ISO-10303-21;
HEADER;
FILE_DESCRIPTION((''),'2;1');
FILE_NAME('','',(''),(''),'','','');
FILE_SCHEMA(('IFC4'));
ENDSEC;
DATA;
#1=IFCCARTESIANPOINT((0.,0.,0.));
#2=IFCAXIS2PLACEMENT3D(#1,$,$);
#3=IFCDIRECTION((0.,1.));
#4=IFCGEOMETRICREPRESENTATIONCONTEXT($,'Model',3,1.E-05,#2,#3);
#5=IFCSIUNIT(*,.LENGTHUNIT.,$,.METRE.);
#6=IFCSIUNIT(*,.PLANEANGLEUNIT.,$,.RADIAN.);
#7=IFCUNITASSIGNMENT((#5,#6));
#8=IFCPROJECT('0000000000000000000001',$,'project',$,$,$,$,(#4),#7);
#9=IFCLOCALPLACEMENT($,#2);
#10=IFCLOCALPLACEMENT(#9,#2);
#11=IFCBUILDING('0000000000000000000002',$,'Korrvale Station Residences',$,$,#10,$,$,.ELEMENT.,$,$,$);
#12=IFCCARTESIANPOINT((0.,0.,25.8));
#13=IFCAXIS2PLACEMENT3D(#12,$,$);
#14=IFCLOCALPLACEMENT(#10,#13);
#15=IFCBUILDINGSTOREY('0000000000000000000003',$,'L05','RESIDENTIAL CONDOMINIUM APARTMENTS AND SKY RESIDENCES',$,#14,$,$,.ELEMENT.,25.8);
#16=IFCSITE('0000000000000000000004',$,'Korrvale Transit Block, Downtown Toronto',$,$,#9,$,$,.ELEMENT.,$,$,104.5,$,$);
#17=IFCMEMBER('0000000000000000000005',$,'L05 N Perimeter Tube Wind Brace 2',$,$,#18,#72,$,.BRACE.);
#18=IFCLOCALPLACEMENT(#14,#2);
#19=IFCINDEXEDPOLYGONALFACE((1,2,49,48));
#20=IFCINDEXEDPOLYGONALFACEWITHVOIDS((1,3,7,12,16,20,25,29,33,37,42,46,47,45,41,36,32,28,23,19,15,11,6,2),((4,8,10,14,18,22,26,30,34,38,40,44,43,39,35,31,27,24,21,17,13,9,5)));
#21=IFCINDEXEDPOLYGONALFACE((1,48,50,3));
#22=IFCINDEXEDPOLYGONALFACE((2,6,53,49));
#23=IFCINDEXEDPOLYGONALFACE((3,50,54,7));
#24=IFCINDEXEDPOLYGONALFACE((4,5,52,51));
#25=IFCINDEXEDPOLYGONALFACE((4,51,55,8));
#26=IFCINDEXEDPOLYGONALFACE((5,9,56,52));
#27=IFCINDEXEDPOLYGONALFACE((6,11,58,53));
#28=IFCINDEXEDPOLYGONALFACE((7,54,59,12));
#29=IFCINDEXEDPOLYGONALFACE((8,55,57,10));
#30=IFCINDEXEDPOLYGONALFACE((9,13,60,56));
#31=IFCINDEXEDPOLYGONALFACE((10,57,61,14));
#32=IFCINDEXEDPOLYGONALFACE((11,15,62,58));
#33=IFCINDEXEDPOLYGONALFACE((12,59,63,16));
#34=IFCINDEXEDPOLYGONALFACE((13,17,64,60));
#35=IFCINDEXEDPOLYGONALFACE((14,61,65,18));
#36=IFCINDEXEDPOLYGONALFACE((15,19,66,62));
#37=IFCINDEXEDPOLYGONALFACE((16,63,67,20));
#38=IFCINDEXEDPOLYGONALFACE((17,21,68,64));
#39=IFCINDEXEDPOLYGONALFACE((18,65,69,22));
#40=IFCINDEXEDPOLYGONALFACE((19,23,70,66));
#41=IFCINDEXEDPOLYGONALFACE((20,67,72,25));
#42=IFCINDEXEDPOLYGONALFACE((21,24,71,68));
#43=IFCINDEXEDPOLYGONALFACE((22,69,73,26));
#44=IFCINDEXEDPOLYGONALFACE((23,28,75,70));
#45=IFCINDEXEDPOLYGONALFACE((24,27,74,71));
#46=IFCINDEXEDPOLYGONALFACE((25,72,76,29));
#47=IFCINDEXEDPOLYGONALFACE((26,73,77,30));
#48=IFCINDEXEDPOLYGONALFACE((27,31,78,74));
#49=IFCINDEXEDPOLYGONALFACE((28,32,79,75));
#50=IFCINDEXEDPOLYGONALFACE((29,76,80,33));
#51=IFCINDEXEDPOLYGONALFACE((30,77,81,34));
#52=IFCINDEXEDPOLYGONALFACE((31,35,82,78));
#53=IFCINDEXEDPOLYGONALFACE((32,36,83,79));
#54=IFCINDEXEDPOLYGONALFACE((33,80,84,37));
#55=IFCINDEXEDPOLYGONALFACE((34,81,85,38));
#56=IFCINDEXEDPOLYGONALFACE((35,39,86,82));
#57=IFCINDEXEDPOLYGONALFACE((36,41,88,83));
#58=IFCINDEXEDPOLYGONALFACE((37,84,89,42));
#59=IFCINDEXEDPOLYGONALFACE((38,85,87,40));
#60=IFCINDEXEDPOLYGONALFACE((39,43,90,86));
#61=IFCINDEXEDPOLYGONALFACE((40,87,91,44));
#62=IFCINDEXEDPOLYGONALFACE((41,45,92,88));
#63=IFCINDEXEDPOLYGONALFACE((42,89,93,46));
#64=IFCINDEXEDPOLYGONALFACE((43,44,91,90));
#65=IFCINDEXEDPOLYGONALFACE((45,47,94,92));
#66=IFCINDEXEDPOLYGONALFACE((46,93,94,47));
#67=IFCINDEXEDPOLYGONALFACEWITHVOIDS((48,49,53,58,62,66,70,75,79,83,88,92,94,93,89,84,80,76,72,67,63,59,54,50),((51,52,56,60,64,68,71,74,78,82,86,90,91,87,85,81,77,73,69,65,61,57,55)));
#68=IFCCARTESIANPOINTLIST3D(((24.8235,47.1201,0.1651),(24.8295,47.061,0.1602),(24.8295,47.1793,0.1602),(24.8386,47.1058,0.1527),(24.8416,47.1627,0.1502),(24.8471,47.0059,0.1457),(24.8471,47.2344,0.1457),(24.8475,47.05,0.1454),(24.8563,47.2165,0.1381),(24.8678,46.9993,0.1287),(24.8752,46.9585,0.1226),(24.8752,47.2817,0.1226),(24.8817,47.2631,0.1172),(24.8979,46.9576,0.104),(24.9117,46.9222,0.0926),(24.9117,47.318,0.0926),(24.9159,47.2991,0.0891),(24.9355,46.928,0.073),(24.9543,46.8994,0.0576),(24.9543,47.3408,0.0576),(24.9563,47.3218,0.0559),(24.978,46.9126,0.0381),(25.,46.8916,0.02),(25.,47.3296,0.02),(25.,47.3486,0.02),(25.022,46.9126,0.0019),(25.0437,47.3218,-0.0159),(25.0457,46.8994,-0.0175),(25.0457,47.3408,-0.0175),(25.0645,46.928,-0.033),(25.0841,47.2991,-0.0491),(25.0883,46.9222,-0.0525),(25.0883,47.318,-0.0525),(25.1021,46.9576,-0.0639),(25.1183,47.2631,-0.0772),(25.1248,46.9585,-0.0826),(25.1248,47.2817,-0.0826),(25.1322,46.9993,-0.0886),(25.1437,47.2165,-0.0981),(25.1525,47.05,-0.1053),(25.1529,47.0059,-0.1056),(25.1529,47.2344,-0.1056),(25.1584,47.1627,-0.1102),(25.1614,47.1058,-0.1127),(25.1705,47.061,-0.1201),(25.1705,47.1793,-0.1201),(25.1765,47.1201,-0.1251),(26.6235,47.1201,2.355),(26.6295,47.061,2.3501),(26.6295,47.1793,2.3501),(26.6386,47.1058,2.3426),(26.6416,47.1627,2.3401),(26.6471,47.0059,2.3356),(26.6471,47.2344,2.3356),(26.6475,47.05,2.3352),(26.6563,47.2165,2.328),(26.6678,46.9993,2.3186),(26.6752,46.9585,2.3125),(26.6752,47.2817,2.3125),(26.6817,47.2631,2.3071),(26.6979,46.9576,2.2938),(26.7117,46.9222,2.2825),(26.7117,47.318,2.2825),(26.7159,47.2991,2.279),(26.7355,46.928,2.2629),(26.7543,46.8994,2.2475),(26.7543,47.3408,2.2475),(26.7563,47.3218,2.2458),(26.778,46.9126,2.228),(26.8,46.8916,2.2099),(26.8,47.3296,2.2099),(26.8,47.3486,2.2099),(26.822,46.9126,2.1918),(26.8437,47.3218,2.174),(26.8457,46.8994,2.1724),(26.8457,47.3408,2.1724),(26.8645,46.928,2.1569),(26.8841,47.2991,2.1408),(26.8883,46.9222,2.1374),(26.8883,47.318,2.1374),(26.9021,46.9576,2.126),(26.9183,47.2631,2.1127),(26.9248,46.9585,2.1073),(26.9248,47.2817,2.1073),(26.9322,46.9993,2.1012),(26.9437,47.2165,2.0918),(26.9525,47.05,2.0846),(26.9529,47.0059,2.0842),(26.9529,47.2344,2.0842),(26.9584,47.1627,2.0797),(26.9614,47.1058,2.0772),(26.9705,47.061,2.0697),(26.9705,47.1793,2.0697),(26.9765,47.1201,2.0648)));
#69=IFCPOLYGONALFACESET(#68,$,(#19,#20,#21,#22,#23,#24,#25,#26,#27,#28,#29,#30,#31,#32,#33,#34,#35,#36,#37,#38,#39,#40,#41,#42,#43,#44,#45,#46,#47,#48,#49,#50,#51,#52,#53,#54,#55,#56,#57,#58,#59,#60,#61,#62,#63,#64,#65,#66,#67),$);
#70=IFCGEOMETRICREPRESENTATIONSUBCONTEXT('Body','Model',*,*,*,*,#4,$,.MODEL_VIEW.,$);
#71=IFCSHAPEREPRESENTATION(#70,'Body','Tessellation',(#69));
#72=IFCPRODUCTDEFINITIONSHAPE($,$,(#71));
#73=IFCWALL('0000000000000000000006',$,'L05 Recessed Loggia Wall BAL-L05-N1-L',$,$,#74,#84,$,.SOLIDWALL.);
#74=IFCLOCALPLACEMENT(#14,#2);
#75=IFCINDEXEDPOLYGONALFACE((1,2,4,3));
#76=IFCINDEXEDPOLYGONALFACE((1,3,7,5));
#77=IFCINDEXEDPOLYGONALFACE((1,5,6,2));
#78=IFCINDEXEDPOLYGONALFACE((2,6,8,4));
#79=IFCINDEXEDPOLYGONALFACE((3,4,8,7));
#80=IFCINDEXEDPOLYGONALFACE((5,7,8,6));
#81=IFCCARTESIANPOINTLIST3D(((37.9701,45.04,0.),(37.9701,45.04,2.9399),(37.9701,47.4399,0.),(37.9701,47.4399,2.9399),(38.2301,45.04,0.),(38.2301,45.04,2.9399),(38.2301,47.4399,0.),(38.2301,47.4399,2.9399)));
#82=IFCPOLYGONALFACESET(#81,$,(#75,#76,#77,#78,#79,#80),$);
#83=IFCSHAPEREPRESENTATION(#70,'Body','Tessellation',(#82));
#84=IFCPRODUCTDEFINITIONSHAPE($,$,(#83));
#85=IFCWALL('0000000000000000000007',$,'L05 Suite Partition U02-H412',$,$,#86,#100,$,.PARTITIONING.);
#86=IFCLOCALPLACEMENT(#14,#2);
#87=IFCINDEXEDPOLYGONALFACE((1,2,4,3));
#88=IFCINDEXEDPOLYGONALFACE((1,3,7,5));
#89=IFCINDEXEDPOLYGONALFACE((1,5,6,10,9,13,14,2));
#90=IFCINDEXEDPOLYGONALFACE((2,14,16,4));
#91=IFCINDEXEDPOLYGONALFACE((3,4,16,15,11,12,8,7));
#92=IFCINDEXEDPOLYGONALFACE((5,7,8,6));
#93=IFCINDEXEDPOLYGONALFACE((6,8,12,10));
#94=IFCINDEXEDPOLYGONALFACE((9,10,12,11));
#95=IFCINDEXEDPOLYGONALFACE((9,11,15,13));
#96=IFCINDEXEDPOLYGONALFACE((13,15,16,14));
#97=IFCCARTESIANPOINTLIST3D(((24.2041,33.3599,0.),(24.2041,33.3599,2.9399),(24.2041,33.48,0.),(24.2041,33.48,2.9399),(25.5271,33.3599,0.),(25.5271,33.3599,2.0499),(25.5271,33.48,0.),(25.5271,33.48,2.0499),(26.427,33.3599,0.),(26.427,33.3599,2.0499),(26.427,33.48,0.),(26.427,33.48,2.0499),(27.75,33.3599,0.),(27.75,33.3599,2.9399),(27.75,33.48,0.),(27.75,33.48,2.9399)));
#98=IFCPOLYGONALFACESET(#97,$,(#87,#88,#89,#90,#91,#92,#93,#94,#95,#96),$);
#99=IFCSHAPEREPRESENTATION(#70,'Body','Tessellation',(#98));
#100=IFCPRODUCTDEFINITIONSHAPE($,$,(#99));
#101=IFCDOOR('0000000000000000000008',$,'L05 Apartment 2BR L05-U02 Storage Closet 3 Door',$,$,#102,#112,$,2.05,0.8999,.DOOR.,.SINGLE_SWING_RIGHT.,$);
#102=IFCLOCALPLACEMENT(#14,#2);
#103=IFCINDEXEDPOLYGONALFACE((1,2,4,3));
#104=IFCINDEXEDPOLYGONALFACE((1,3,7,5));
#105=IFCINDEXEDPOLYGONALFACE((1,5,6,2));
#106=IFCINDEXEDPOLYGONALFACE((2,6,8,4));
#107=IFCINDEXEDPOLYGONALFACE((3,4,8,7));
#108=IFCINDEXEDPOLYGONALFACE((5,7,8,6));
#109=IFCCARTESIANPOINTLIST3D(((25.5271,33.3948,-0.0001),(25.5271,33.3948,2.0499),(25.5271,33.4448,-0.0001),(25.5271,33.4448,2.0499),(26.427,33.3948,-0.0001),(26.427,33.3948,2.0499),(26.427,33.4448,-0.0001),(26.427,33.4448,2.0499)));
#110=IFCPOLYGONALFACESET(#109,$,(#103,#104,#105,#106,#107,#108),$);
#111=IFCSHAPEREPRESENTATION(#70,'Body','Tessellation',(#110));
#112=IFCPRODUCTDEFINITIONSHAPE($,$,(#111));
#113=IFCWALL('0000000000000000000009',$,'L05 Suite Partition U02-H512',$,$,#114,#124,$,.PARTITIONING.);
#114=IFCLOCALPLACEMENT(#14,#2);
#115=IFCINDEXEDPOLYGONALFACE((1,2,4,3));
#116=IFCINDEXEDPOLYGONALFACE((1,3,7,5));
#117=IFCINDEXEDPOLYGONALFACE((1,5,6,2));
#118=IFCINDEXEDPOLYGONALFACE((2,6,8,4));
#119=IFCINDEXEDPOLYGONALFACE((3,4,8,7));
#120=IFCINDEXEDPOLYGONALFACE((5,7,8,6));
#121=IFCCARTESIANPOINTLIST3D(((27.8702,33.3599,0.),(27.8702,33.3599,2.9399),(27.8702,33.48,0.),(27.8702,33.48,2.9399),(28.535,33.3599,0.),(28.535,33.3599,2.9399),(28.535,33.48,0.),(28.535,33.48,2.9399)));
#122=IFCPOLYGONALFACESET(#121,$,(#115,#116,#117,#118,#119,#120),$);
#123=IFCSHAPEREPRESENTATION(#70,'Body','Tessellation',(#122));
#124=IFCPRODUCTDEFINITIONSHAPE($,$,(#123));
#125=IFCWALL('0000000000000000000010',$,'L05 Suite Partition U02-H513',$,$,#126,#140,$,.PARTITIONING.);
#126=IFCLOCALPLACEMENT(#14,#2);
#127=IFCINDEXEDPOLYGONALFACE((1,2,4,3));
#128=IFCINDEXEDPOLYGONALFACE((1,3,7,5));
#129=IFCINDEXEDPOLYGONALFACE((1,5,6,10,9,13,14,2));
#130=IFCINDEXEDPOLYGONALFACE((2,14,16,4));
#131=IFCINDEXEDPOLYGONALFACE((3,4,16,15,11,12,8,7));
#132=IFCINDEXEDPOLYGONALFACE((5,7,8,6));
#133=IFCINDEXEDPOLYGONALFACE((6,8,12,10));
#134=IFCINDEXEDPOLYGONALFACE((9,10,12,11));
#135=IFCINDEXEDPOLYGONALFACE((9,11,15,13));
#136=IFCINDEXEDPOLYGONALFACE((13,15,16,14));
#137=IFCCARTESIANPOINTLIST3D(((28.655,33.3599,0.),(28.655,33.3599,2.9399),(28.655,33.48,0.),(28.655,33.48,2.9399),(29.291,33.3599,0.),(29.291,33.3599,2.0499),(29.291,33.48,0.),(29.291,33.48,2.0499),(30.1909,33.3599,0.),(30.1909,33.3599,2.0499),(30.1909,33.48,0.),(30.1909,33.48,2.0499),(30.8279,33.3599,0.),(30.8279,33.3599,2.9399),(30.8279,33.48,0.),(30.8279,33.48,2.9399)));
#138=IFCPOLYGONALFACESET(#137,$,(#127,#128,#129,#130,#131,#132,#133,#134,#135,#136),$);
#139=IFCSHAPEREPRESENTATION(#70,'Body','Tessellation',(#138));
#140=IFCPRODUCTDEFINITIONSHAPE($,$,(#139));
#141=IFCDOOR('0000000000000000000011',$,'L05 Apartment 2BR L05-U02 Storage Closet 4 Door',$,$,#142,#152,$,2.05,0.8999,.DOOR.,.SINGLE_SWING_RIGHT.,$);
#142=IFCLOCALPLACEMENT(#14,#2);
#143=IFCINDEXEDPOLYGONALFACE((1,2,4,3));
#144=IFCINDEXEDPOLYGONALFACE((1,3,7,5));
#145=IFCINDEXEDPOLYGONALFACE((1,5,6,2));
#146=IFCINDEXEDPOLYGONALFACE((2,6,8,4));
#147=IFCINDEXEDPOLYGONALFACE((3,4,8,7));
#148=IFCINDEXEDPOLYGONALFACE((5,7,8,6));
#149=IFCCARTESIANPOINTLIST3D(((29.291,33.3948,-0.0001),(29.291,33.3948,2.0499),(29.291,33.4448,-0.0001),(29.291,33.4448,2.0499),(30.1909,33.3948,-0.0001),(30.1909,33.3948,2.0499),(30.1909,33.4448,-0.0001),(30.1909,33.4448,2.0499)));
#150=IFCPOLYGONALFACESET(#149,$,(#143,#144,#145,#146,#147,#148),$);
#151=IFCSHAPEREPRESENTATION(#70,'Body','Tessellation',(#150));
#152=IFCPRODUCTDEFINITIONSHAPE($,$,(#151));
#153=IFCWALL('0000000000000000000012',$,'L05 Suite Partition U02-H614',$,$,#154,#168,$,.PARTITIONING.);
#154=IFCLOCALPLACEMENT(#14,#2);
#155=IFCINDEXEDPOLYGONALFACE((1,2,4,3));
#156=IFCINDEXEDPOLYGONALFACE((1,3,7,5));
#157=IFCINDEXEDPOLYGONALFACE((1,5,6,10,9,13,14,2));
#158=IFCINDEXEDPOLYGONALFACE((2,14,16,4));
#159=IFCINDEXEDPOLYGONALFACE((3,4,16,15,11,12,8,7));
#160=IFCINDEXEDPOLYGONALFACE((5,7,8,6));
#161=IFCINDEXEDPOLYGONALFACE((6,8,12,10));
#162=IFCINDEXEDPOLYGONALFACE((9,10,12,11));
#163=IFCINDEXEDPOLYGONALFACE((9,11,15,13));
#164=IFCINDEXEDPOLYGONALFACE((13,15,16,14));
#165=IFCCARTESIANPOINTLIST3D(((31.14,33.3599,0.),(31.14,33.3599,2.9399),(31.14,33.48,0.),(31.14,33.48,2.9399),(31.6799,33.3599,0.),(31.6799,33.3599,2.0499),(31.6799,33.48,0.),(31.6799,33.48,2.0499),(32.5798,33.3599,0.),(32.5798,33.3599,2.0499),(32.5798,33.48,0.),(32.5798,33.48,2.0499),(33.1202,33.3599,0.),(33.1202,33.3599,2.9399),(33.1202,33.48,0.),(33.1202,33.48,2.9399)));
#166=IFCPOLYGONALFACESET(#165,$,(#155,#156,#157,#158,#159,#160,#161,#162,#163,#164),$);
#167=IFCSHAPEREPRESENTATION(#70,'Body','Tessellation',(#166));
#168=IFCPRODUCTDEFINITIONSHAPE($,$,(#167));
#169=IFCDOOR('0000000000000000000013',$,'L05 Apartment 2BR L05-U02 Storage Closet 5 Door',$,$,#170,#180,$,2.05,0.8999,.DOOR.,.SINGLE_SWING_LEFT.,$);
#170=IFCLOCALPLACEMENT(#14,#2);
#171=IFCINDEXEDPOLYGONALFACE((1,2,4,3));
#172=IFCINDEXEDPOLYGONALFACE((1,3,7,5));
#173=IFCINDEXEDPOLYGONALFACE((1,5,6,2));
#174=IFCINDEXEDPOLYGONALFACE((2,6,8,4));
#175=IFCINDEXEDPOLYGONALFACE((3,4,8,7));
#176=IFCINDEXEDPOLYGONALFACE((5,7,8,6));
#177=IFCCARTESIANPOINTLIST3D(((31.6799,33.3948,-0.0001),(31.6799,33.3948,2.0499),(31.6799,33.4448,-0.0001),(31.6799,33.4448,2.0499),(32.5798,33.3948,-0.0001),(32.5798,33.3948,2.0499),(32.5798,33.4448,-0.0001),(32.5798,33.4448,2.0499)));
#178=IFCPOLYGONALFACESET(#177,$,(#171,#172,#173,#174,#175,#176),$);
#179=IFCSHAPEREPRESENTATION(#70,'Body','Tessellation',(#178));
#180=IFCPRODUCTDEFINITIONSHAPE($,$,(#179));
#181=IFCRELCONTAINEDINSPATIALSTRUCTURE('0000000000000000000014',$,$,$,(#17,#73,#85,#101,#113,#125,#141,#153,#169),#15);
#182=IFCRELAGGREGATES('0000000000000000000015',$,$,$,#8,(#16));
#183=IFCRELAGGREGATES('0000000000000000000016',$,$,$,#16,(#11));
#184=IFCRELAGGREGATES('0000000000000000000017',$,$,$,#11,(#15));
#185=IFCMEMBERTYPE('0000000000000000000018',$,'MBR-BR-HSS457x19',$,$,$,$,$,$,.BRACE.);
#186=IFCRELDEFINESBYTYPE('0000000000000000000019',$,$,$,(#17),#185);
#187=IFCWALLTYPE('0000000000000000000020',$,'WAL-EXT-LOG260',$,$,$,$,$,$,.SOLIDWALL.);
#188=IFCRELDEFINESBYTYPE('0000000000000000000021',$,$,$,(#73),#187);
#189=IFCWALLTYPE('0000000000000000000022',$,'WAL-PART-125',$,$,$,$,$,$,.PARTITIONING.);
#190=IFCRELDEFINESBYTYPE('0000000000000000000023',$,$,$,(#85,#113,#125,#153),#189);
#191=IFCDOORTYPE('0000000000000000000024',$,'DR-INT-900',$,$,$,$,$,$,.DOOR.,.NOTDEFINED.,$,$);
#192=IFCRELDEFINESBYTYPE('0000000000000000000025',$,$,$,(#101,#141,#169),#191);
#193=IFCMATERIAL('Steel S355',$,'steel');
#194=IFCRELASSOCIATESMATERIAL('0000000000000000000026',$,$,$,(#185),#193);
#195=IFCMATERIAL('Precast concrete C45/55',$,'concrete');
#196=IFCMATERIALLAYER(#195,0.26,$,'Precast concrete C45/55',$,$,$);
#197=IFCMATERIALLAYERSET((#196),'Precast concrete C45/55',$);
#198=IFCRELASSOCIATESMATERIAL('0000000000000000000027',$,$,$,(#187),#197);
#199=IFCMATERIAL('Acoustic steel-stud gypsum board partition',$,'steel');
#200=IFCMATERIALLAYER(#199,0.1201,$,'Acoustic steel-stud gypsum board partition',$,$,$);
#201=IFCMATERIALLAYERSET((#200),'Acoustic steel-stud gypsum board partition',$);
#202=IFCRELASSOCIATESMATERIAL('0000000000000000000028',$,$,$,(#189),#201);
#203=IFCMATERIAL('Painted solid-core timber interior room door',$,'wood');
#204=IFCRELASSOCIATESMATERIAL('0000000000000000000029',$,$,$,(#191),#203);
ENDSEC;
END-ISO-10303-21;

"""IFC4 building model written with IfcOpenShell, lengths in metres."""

from ifc_helpers import new_model, si_unit, direction, frame, frame_2d, origin, origin_2d, place, context, subcontext, project, spatial, rectangle, hollow_circle, extrude, material, layer, layer_set, material_profile, profile_set, type_object, element, fill, save


model = new_model("IFC4")

# Units and contexts
model_context = context("Model", 3, precision=1e-05, world=origin(), true_north=direction((0.0, 1.0)))
body_context = subcontext(model_context, "Body", "Model", "MODEL_VIEW")
ifc_project = project(units=[si_unit("LENGTHUNIT", "METRE"), si_unit("PLANEANGLEUNIT", "RADIAN")], contexts=[model_context])

# Site, building, storey
site_placement = place(None, origin())
site = spatial("IfcSite", under=ifc_project, at=site_placement, Name="Korrvale Transit Block, Downtown Toronto", CompositionType="ELEMENT", RefElevation=104.5)
building_placement = place(site_placement, origin())
building = spatial("IfcBuilding", under=site, at=building_placement, Name="Korrvale Station Residences", CompositionType="ELEMENT")
storey_placement = place(building_placement, frame((0.0, 0.0, 25.8)))
storey = spatial("IfcBuildingStorey", under=building, at=storey_placement, Name="L05", Description="RESIDENTIAL CONDOMINIUM APARTMENTS AND SKY RESIDENCES", CompositionType="ELEMENT", Elevation=25.8)

# Shared definitions
ifc_material_1 = material(Name="Steel S355", Category="steel")

# Member
ifc_material_profile_1 = material_profile(ifc_material_1, hollow_circle(Radius=0.2285, WallThickness=0.019, at=origin_2d()), Name="HSS457x19")
ifc_profile_set_1 = profile_set([ifc_material_profile_1], Name="Steel S355")
member_type = type_object("IfcMemberType", Name="MBR-BR-HSS457x19", PredefinedType="BRACE", material=ifc_profile_set_1)
for number, where, z_axis, x_axis, name in (
    (1, (25.0, 47.1201, 0.02), (0.634985, 0.0, 0.772524), (0.0, 1.0, 0.0), "L05 N Perimeter Tube Wind Brace 2"),
):
    element("IfcMember", number, at=place(storey_placement, frame(where, z_axis=z_axis, x_axis=x_axis)), inside=storey, type_object=member_type, Name=name, PredefinedType="BRACE", context=body_context, shape_type="SweptSolid", body=[
        extrude(hollow_circle(Radius=0.2285, WallThickness=0.019, at=origin_2d()), origin(), (0.0, 0.0, 1.0), 2.8347),
    ])

# Wall
ifc_material_2 = material(Name="Precast concrete C45/55", Category="concrete")
ifc_layer_1 = layer(ifc_material_2, 0.26, Name="Precast concrete C45/55")
ifc_layer_set_1 = layer_set([ifc_layer_1], Name="Precast concrete C45/55")
wall_type_1 = type_object("IfcWallType", Name="WAL-EXT-LOG260", PredefinedType="SOLIDWALL", material=ifc_layer_set_1)
wall_1_placement = place(storey_placement, frame((38.1001, 47.4399, 0.0), z_axis=(0.0, 0.0, 1.0), x_axis=(0.0, -1.0, 0.0)))
element("IfcWall", 2, at=wall_1_placement, inside=storey, type_object=wall_type_1, Name="L05 Recessed Loggia Wall BAL-L05-N1-L", PredefinedType="SOLIDWALL", context=body_context, shape_type="SweptSolid", body=[
    extrude(rectangle(XDim=2.3999, YDim=0.26, at=frame_2d((1.2, 0.0))), origin(), (0.0, 0.0, 1.0), 2.9399),
])

# Wall, opening, door
ifc_material_3 = material(Name="Acoustic steel-stud gypsum board partition", Category="steel")
ifc_layer_2 = layer(ifc_material_3, 0.1201, Name="Acoustic steel-stud gypsum board partition")
ifc_layer_set_2 = layer_set([ifc_layer_2], Name="Acoustic steel-stud gypsum board partition")
wall_type_2 = type_object("IfcWallType", Name="WAL-PART-125", PredefinedType="PARTITIONING", material=ifc_layer_set_2)
wall_2_placement = place(storey_placement, frame((24.2041, 33.4199, 0.0), z_axis=(0.0, 0.0, 1.0), x_axis=(1.0, 0.0, 0.0)))
wall_2 = element("IfcWall", 3, at=wall_2_placement, inside=storey, type_object=wall_type_2, Name="L05 Suite Partition U02-H412", PredefinedType="PARTITIONING", context=body_context, shape_type="SweptSolid", body=[
    extrude(rectangle(XDim=3.5459, YDim=0.1201, at=frame_2d((1.7729, 0.0))), origin(), (0.0, 0.0, 1.0), 2.9399),
])
opening_1_placement = place(wall_2_placement, frame((1.323, 0.0, 0.0)))
opening_1 = element("IfcOpeningElement", 4, at=opening_1_placement, cuts=wall_2, PredefinedType="OPENING", context=body_context, shape_type="SweptSolid", body=[
    extrude(rectangle(XDim=0.8999, YDim=2.05, at=frame_2d((0.45, 1.0249))), frame((0.0, 0.0701, 0.0), z_axis=(0.0, -1.0, 0.0), x_axis=(1.0, 0.0, 0.0)), (0.0, 0.0, 1.0), 0.1401),
])
ifc_material_4 = material(Name="Painted solid-core timber interior room door", Category="wood")
door_type = type_object("IfcDoorType", Name="DR-INT-900", OperationType="NOTDEFINED", PredefinedType="DOOR", material=ifc_material_4)
door_1_placement = place(opening_1_placement, origin())
door_1 = element("IfcDoor", 5, at=door_1_placement, inside=storey, type_object=door_type, Name="L05 Apartment 2BR L05-U02 Storage Closet 3 Door", OperationType="SINGLE_SWING_RIGHT", OverallHeight=2.05, OverallWidth=0.8999, PredefinedType="DOOR", context=body_context, shape_type="SweptSolid", body=[
    extrude(rectangle(XDim=0.8999, YDim=2.05, at=frame_2d((0.45, 1.0249))), frame((0.0, 0.0249, 0.0), z_axis=(0.0, -1.0, 0.0), x_axis=(1.0, 0.0, 0.0)), (0.0, 0.0, 1.0), 0.05),
])
fill(opening_1, door_1)

# Wall
wall_3_placement = place(storey_placement, frame((27.8701, 33.4199, 0.0), z_axis=(0.0, 0.0, 1.0), x_axis=(1.0, 0.0, 0.0)))
element("IfcWall", 6, at=wall_3_placement, inside=storey, type_object=wall_type_2, Name="L05 Suite Partition U02-H512", PredefinedType="PARTITIONING", context=body_context, shape_type="SweptSolid", body=[
    extrude(rectangle(XDim=0.6648, YDim=0.1201, at=frame_2d((0.3325, 0.0))), origin(), (0.0, 0.0, 1.0), 2.9399),
])

# Walls, openings, doors
wall_4_placement = place(storey_placement, frame((28.655, 33.4199, 0.0), z_axis=(0.0, 0.0, 1.0), x_axis=(1.0, 0.0, 0.0)))
wall_4 = element("IfcWall", 7, at=wall_4_placement, inside=storey, type_object=wall_type_2, Name="L05 Suite Partition U02-H513", PredefinedType="PARTITIONING", context=body_context, shape_type="SweptSolid", body=[
    extrude(rectangle(XDim=2.1729, YDim=0.1201, at=frame_2d((1.0864, 0.0))), origin(), (0.0, 0.0, 1.0), 2.9399),
])
opening_2_placement = place(wall_4_placement, frame((0.636, 0.0, 0.0)))
opening_2 = element("IfcOpeningElement", 8, at=opening_2_placement, cuts=wall_4, PredefinedType="OPENING", context=body_context, shape_type="SweptSolid", body=[
    extrude(rectangle(XDim=0.8999, YDim=2.05, at=frame_2d((0.45, 1.0249))), frame((0.0, 0.0701, 0.0), z_axis=(0.0, -1.0, 0.0), x_axis=(1.0, 0.0, 0.0)), (0.0, 0.0, 1.0), 0.1401),
])
door_2_placement = place(opening_2_placement, origin())
door_2 = element("IfcDoor", 9, at=door_2_placement, inside=storey, type_object=door_type, Name="L05 Apartment 2BR L05-U02 Storage Closet 4 Door", OperationType="SINGLE_SWING_RIGHT", OverallHeight=2.05, OverallWidth=0.8999, PredefinedType="DOOR", context=body_context, shape_type="SweptSolid", body=[
    extrude(rectangle(XDim=0.8999, YDim=2.05, at=frame_2d((0.45, 1.0249))), frame((0.0, 0.0249, 0.0), z_axis=(0.0, -1.0, 0.0), x_axis=(1.0, 0.0, 0.0)), (0.0, 0.0, 1.0), 0.05),
])
fill(opening_2, door_2)
wall_5_placement = place(storey_placement, frame((31.1399, 33.4199, 0.0), z_axis=(0.0, 0.0, 1.0), x_axis=(1.0, 0.0, 0.0)))
wall_5 = element("IfcWall", 10, at=wall_5_placement, inside=storey, type_object=wall_type_2, Name="L05 Suite Partition U02-H614", PredefinedType="PARTITIONING", context=body_context, shape_type="SweptSolid", body=[
    extrude(rectangle(XDim=1.9802, YDim=0.1201, at=frame_2d((0.9902, 0.0))), origin(), (0.0, 0.0, 1.0), 2.9399),
])
opening_3_placement = place(wall_5_placement, frame((0.54, 0.0, 0.0)))
opening_3 = element("IfcOpeningElement", 11, at=opening_3_placement, cuts=wall_5, PredefinedType="OPENING", context=body_context, shape_type="SweptSolid", body=[
    extrude(rectangle(XDim=0.8999, YDim=2.05, at=frame_2d((0.45, 1.0249))), frame((0.0, 0.0701, 0.0), z_axis=(0.0, -1.0, 0.0), x_axis=(1.0, 0.0, 0.0)), (0.0, 0.0, 1.0), 0.1401),
])
door_3_placement = place(opening_3_placement, origin())
door_3 = element("IfcDoor", 12, at=door_3_placement, inside=storey, type_object=door_type, Name="L05 Apartment 2BR L05-U02 Storage Closet 5 Door", OperationType="SINGLE_SWING_LEFT", OverallHeight=2.05, OverallWidth=0.8999, PredefinedType="DOOR", context=body_context, shape_type="SweptSolid", body=[
    extrude(rectangle(XDim=0.8999, YDim=2.05, at=frame_2d((0.45, 1.0249))), frame((0.0, 0.0249, 0.0), z_axis=(0.0, -1.0, 0.0), x_axis=(1.0, 0.0, 0.0)), (0.0, 0.0, 1.0), 0.05),
])
fill(opening_3, door_3)

save(model, "model.ifc")
